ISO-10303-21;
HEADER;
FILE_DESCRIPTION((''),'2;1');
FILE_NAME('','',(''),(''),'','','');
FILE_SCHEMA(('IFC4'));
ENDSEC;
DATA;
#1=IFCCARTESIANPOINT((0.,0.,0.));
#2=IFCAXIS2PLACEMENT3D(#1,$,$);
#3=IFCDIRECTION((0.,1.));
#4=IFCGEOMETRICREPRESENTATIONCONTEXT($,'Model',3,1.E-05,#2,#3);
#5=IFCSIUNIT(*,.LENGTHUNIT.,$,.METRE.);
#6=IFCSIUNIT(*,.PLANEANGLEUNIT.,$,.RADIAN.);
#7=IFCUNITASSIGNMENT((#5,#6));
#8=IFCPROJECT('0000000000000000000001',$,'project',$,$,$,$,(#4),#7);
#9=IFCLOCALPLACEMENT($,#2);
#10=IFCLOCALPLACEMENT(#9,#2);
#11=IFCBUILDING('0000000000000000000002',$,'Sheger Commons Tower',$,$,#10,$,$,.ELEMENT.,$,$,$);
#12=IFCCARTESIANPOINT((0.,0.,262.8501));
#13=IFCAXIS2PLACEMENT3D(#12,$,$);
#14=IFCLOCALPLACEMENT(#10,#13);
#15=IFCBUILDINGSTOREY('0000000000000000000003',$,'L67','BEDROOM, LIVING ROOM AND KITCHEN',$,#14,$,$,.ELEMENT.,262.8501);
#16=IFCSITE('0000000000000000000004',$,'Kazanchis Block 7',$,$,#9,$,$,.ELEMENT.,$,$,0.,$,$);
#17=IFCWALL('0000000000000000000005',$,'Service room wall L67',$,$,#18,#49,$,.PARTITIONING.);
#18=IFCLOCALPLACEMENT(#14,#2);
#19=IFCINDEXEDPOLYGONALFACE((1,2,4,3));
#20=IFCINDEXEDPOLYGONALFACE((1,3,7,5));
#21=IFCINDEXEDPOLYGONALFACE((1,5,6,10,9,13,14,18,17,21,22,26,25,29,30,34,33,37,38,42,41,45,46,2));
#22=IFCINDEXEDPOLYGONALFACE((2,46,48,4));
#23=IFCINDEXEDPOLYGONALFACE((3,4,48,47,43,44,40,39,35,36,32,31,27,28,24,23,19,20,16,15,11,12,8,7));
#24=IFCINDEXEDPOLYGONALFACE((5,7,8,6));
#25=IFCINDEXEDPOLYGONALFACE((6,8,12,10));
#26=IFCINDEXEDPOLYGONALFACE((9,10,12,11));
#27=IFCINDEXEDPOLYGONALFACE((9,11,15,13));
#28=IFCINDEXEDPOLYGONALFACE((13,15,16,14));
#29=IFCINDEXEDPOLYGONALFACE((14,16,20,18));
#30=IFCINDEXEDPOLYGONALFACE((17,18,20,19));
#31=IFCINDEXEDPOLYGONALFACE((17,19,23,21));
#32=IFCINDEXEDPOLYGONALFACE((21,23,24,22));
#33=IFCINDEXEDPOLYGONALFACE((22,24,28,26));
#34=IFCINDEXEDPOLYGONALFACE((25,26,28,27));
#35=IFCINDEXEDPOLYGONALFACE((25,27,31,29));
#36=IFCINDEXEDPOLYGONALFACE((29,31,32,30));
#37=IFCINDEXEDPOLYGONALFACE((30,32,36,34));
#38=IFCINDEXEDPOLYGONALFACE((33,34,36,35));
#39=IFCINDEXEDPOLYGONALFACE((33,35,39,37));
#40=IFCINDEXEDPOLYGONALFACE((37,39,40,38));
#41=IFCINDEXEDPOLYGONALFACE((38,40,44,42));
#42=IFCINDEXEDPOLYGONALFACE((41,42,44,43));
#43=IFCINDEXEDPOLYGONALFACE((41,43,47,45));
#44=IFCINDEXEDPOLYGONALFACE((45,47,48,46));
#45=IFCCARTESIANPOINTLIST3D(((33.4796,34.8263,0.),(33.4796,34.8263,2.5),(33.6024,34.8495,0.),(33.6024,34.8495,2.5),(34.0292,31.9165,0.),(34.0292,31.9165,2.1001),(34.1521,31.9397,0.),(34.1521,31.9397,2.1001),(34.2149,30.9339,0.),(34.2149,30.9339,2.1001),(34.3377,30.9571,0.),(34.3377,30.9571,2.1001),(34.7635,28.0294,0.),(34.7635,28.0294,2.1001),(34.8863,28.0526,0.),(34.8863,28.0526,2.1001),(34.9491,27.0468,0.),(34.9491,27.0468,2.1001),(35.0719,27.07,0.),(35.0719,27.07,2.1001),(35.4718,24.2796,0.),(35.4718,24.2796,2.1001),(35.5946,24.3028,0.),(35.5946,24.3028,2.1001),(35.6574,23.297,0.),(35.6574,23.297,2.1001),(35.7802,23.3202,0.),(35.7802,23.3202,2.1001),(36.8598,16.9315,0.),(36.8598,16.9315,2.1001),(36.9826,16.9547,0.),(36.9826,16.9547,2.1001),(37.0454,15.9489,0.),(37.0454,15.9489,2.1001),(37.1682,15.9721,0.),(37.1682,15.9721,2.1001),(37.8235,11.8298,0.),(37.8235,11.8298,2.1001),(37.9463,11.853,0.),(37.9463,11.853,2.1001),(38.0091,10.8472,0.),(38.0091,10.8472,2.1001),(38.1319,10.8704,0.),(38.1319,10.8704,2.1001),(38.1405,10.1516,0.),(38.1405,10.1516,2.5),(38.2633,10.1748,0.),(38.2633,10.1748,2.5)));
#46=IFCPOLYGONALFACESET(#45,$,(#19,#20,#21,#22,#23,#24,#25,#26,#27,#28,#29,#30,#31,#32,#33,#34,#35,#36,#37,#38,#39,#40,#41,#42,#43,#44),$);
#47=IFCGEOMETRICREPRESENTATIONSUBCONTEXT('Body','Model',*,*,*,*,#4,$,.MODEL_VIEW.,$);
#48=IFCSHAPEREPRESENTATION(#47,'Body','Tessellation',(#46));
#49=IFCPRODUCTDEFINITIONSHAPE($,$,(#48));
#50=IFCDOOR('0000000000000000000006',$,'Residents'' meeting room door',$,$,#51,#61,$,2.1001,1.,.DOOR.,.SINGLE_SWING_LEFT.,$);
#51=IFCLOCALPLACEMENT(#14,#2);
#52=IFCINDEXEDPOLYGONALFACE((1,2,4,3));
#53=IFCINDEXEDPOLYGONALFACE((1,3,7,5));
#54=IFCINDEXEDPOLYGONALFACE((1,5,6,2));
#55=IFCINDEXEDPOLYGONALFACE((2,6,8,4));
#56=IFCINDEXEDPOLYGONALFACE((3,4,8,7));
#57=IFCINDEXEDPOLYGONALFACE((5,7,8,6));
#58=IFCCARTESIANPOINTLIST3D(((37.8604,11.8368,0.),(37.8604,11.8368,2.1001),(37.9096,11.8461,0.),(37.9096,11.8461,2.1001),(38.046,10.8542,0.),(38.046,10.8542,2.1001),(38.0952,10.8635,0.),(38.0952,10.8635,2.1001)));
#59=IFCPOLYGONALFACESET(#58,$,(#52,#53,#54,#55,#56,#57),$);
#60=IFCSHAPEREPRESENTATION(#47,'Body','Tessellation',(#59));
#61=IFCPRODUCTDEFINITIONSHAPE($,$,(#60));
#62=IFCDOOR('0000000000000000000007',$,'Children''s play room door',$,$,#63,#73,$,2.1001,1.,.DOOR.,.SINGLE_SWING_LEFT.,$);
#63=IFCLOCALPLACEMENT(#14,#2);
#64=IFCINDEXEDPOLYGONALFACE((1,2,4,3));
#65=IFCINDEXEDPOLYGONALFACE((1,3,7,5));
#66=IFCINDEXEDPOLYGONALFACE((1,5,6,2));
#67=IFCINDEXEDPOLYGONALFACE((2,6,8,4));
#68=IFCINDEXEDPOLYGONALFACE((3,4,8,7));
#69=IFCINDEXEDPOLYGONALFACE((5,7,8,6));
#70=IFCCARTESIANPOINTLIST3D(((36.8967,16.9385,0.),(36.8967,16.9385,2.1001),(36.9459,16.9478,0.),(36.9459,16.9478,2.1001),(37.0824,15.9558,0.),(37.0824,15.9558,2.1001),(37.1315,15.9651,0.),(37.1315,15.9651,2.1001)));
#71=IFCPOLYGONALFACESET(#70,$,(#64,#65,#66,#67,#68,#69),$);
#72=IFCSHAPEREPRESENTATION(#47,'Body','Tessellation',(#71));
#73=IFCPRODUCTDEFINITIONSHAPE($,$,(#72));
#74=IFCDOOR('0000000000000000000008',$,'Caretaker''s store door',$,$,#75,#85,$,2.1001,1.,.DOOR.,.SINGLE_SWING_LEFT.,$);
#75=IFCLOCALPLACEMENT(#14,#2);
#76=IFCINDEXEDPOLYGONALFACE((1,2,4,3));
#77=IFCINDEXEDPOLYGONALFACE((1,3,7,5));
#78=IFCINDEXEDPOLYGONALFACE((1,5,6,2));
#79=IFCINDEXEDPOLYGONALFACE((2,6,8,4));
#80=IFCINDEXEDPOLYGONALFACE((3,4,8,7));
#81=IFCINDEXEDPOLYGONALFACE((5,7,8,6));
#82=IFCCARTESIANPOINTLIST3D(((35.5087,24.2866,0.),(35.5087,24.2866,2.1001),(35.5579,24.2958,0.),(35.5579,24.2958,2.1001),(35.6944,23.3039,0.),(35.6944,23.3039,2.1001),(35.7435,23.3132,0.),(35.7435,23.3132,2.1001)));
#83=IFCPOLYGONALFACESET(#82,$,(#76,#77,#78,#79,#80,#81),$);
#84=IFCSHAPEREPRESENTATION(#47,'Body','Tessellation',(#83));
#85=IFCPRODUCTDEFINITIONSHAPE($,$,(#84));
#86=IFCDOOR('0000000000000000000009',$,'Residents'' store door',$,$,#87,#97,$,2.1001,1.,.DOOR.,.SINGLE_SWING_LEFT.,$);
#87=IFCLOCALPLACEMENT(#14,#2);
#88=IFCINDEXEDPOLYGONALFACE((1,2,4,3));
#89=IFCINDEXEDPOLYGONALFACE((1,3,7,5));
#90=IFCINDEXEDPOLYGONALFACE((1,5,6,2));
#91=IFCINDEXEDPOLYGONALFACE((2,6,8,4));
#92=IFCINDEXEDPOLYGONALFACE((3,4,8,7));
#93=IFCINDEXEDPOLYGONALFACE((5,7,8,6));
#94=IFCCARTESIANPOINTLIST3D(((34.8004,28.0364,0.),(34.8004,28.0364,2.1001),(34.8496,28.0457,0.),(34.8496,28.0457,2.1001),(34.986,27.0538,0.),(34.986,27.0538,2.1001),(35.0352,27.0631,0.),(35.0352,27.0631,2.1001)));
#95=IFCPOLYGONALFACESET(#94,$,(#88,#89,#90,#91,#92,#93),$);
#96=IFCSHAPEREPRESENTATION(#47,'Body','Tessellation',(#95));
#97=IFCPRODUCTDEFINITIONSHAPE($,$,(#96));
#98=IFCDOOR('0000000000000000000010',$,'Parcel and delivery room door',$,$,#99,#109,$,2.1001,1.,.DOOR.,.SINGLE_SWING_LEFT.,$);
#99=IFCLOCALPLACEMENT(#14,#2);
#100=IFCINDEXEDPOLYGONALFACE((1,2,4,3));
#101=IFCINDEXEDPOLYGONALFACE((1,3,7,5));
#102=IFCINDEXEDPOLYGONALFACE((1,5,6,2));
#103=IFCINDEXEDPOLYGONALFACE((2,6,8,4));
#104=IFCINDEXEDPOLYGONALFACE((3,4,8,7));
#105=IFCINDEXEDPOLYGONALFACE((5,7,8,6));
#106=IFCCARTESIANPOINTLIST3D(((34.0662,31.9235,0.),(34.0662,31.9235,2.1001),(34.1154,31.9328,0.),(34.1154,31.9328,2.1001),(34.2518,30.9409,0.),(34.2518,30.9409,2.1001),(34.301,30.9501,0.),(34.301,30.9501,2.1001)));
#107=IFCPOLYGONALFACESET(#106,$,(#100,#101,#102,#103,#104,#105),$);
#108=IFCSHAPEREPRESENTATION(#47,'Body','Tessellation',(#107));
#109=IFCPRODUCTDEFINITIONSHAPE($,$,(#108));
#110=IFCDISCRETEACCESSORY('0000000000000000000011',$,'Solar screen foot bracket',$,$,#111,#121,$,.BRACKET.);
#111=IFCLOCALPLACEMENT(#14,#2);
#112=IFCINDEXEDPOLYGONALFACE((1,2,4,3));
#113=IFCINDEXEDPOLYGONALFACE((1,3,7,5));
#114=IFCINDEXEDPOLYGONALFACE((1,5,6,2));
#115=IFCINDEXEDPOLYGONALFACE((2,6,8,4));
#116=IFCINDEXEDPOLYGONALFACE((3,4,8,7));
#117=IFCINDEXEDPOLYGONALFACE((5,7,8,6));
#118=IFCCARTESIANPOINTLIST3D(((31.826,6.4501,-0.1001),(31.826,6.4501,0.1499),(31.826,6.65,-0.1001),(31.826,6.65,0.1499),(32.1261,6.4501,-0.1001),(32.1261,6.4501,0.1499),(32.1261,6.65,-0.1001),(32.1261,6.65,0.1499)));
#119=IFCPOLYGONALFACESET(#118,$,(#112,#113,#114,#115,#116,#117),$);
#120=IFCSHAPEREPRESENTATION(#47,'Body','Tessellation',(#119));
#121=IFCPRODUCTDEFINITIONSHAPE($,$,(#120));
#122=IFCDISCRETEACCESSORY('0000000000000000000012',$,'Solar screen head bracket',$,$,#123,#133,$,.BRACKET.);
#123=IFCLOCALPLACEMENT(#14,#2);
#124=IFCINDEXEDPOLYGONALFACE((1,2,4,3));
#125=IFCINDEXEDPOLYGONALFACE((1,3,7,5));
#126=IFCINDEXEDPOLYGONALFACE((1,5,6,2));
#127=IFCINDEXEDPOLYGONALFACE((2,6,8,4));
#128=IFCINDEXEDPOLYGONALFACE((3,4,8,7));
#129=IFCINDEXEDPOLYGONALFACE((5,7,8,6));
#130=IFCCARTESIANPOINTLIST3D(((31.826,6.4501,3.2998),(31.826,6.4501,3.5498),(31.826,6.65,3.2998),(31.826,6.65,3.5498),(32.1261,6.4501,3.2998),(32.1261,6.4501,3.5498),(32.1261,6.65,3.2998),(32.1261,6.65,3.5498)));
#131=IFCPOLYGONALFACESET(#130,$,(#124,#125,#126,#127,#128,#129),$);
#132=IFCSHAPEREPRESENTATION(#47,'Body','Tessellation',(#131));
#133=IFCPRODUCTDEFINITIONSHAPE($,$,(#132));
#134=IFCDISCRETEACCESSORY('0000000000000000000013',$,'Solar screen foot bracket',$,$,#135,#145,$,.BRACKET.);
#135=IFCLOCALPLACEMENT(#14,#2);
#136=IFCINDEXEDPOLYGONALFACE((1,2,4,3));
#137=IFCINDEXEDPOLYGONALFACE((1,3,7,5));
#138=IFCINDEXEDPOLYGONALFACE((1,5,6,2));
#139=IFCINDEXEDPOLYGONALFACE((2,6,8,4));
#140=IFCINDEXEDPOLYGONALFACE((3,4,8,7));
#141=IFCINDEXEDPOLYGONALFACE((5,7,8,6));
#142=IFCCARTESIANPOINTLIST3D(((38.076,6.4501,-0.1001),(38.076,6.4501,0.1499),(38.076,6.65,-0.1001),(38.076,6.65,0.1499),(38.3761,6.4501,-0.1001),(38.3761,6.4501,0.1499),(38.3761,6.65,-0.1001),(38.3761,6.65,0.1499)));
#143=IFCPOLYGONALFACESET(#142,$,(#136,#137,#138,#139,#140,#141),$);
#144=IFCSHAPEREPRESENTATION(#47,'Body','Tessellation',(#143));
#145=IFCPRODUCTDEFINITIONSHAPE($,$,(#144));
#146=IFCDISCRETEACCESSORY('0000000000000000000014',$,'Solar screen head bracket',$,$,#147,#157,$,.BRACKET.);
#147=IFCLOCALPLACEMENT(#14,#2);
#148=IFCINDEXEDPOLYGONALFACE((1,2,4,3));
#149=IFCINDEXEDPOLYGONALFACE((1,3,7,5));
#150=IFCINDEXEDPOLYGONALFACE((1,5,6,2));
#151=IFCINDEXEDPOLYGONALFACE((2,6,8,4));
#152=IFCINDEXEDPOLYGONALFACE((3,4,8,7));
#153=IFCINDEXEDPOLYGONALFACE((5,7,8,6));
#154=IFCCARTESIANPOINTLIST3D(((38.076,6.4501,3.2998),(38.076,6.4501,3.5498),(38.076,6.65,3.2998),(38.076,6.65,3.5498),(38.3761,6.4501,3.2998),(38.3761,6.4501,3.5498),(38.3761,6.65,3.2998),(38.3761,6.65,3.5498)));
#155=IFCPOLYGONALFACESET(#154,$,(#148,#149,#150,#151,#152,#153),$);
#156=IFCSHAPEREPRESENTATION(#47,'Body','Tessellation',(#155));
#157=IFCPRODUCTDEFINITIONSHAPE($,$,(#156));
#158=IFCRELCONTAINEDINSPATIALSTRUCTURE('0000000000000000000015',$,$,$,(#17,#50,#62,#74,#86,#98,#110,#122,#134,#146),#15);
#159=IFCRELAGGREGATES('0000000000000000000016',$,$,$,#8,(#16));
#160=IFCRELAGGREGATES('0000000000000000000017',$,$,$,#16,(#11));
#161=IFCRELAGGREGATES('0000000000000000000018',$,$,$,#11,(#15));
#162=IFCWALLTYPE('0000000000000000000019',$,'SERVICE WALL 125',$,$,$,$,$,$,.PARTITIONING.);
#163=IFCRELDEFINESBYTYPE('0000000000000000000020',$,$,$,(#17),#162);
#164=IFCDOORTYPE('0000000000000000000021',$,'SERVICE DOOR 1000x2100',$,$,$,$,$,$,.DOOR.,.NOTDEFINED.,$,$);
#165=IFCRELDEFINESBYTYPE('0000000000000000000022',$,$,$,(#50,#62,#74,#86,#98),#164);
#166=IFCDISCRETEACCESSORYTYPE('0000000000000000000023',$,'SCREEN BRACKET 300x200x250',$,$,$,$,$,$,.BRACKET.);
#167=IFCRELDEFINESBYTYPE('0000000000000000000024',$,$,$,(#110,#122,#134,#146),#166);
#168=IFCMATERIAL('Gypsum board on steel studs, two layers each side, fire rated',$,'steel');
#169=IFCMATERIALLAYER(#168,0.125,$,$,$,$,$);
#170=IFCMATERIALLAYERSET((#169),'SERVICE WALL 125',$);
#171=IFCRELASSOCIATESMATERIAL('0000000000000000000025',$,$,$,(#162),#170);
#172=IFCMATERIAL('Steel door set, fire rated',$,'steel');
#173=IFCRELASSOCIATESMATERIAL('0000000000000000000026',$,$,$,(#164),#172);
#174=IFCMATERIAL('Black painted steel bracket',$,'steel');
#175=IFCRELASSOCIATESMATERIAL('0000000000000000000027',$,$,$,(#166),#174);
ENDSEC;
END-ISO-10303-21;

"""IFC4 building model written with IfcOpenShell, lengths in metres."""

from ifc_helpers import new_model, si_unit, direction, frame, frame_2d, origin, origin_2d, place, context, subcontext, project, spatial, rectangle, extrude, material, layer, layer_set, type_object, element, fill, save


model = new_model("IFC4")

# Units and contexts
model_context = context("Model", 3, precision=1e-05, world=origin(), true_north=direction((0.0, 1.0)))
body_context = subcontext(model_context, "Body", "Model", "MODEL_VIEW")
ifc_project = project(units=[si_unit("LENGTHUNIT", "METRE"), si_unit("PLANEANGLEUNIT", "RADIAN")], contexts=[model_context])

# Site, building, storey
site_placement = place(None, origin())
site = spatial("IfcSite", under=ifc_project, at=site_placement, Name="Kazanchis Block 7", CompositionType="ELEMENT", RefElevation=0.0)
building_placement = place(site_placement, origin())
building = spatial("IfcBuilding", under=site, at=building_placement, Name="Sheger Commons Tower", CompositionType="ELEMENT")
storey_placement = place(building_placement, frame((0.0, 0.0, 262.8501)))
storey = spatial("IfcBuildingStorey", under=building, at=storey_placement, Name="L67", Description="BEDROOM, LIVING ROOM AND KITCHEN", CompositionType="ELEMENT", Elevation=262.8501)

# Wall, openings, doors
ifc_material_1 = material(Name="Gypsum board on steel studs, two layers each side, fire rated", Category="steel")
ifc_layer_1 = layer(ifc_material_1, 0.125)
ifc_layer_set_1 = layer_set([ifc_layer_1], Name="SERVICE WALL 125")
wall_type = type_object("IfcWallType", Name="SERVICE WALL 125", PredefinedType="PARTITIONING", material=ifc_layer_set_1)
wall_placement = place(storey_placement, frame((38.2019, 10.1631, 0.0), z_axis=(0.0, 0.0, 1.0), x_axis=(-0.18561, 0.982623, 0.0)))
wall = element("IfcWall", 1, at=wall_placement, inside=storey, type_object=wall_type, Name="Service room wall L67", PredefinedType="PARTITIONING", context=body_context, shape_type="SweptSolid", body=[
    extrude(rectangle(XDim=25.1111, YDim=0.125, at=frame_2d((12.5557, 0.0))), origin(), (0.0, 0.0, 1.0), 2.5),
])
opening_1_placement = place(wall_placement, frame((0.708, 0.0, 0.0)))
opening_1 = element("IfcOpeningElement", 2, at=opening_1_placement, cuts=wall, PredefinedType="OPENING", context=body_context, shape_type="SweptSolid", body=[
    extrude(rectangle(XDim=1.0, YDim=2.1001, at=frame_2d((0.5, 1.05))), frame((0.0, 0.0725, 0.0), z_axis=(0.0, -1.0, 0.0), x_axis=(1.0, 0.0, 0.0)), (0.0, 0.0, 1.0), 0.145),
])
opening_2_placement = place(wall_placement, frame((5.8999, 0.0, 0.0)))
opening_2 = element("IfcOpeningElement", 3, at=opening_2_placement, cuts=wall, PredefinedType="OPENING", context=body_context, shape_type="SweptSolid", body=[
    extrude(rectangle(XDim=1.0, YDim=2.1001, at=frame_2d((0.5, 1.05))), frame((0.0, 0.0725, 0.0), z_axis=(0.0, -1.0, 0.0), x_axis=(1.0, 0.0, 0.0)), (0.0, 0.0, 1.0), 0.145),
])
opening_3_placement = place(wall_placement, frame((13.3779, 0.0, 0.0)))
opening_3 = element("IfcOpeningElement", 4, at=opening_3_placement, cuts=wall, PredefinedType="OPENING", context=body_context, shape_type="SweptSolid", body=[
    extrude(rectangle(XDim=1.0, YDim=2.1001, at=frame_2d((0.5, 1.05))), frame((0.0, 0.0725, 0.0), z_axis=(0.0, -1.0, 0.0), x_axis=(1.0, 0.0, 0.0)), (0.0, 0.0, 1.0), 0.145),
])
opening_4_placement = place(wall_placement, frame((17.1941, 0.0, 0.0)))
opening_4 = element("IfcOpeningElement", 5, at=opening_4_placement, cuts=wall, PredefinedType="OPENING", context=body_context, shape_type="SweptSolid", body=[
    extrude(rectangle(XDim=1.0, YDim=2.1001, at=frame_2d((0.5, 1.05))), frame((0.0, 0.0725, 0.0), z_axis=(0.0, -1.0, 0.0), x_axis=(1.0, 0.0, 0.0)), (0.0, 0.0, 1.0), 0.145),
])
opening_5_placement = place(wall_placement, frame((21.1499, 0.0, 0.0)))
opening_5 = element("IfcOpeningElement", 6, at=opening_5_placement, cuts=wall, PredefinedType="OPENING", context=body_context, shape_type="SweptSolid", body=[
    extrude(rectangle(XDim=1.0, YDim=2.1001, at=frame_2d((0.5, 1.05))), frame((0.0, 0.0725, 0.0), z_axis=(0.0, -1.0, 0.0), x_axis=(1.0, 0.0, 0.0)), (0.0, 0.0, 1.0), 0.145),
])
ifc_material_2 = material(Name="Steel door set, fire rated", Category="steel")
door_type = type_object("IfcDoorType", Name="SERVICE DOOR 1000x2100", OperationType="NOTDEFINED", PredefinedType="DOOR", material=ifc_material_2)
door_1_placement = place(opening_1_placement, origin())
door_1 = element("IfcDoor", 7, at=door_1_placement, inside=storey, type_object=door_type, Name="Residents' meeting room door", OperationType="SINGLE_SWING_LEFT", OverallHeight=2.1001, OverallWidth=1.0, PredefinedType="DOOR", context=body_context, shape_type="SweptSolid", body=[
    extrude(rectangle(XDim=1.0, YDim=2.1001, at=frame_2d((0.5, 1.05))), frame((0.0, 0.0249, 0.0), z_axis=(0.0, -1.0, 0.0), x_axis=(1.0, 0.0, 0.0)), (0.0, 0.0, 1.0), 0.05),
])
fill(opening_1, door_1)
door_2_placement = place(opening_2_placement, origin())
door_2 = element("IfcDoor", 8, at=door_2_placement, inside=storey, type_object=door_type, Name="Children's play room door", OperationType="SINGLE_SWING_LEFT", OverallHeight=2.1001, OverallWidth=1.0, PredefinedType="DOOR", context=body_context, shape_type="SweptSolid", body=[
    extrude(rectangle(XDim=1.0, YDim=2.1001, at=frame_2d((0.5, 1.05))), frame((0.0, 0.0249, 0.0), z_axis=(0.0, -1.0, 0.0), x_axis=(1.0, 0.0, 0.0)), (0.0, 0.0, 1.0), 0.05),
])
fill(opening_2, door_2)
door_3_placement = place(opening_3_placement, origin())
door_3 = element("IfcDoor", 9, at=door_3_placement, inside=storey, type_object=door_type, Name="Caretaker's store door", OperationType="SINGLE_SWING_LEFT", OverallHeight=2.1001, OverallWidth=1.0, PredefinedType="DOOR", context=body_context, shape_type="SweptSolid", body=[
    extrude(rectangle(XDim=1.0, YDim=2.1001, at=frame_2d((0.5, 1.05))), frame((0.0, 0.0249, 0.0), z_axis=(0.0, -1.0, 0.0), x_axis=(1.0, 0.0, 0.0)), (0.0, 0.0, 1.0), 0.05),
])
fill(opening_3, door_3)
door_4_placement = place(opening_4_placement, origin())
door_4 = element("IfcDoor", 10, at=door_4_placement, inside=storey, type_object=door_type, Name="Residents' store door", OperationType="SINGLE_SWING_LEFT", OverallHeight=2.1001, OverallWidth=1.0, PredefinedType="DOOR", context=body_context, shape_type="SweptSolid", body=[
    extrude(rectangle(XDim=1.0, YDim=2.1001, at=frame_2d((0.5, 1.05))), frame((0.0, 0.0249, 0.0), z_axis=(0.0, -1.0, 0.0), x_axis=(1.0, 0.0, 0.0)), (0.0, 0.0, 1.0), 0.05),
])
fill(opening_4, door_4)
door_5_placement = place(opening_5_placement, origin())
door_5 = element("IfcDoor", 11, at=door_5_placement, inside=storey, type_object=door_type, Name="Parcel and delivery room door", OperationType="SINGLE_SWING_LEFT", OverallHeight=2.1001, OverallWidth=1.0, PredefinedType="DOOR", context=body_context, shape_type="SweptSolid", body=[
    extrude(rectangle(XDim=1.0, YDim=2.1001, at=frame_2d((0.5, 1.05))), frame((0.0, 0.0249, 0.0), z_axis=(0.0, -1.0, 0.0), x_axis=(1.0, 0.0, 0.0)), (0.0, 0.0, 1.0), 0.05),
])
fill(opening_5, door_5)

# Discrete accessories
ifc_material_3 = material(Name="Black painted steel bracket", Category="steel")
discrete_accessory_type = type_object("IfcDiscreteAccessoryType", Name="SCREEN BRACKET 300x200x250", PredefinedType="BRACKET", material=ifc_material_3)
for number, where, z_axis, x_axis, name in (
    (12, (31.9761, 6.55, -0.1001), (0.0, 0.0, 1.0), (1.0, 0.0, 0.0), "Solar screen foot bracket"),
    (13, (31.9761, 6.55, 3.2998), (0.0, 0.0, 1.0), (1.0, 0.0, 0.0), "Solar screen head bracket"),
    (14, (38.2261, 6.55, -0.1001), (0.0, 0.0, 1.0), (1.0, 0.0, 0.0), "Solar screen foot bracket"),
    (15, (38.2261, 6.55, 3.2998), (0.0, 0.0, 1.0), (1.0, 0.0, 0.0), "Solar screen head bracket"),
):
    element("IfcDiscreteAccessory", number, at=place(storey_placement, frame(where, z_axis=z_axis, x_axis=x_axis)), inside=storey, type_object=discrete_accessory_type, Name=name, PredefinedType="BRACKET", context=body_context, shape_type="SweptSolid", body=[
        extrude(rectangle(XDim=0.3, YDim=0.2, at=origin_2d()), origin(), (0.0, 0.0, 1.0), 0.25),
    ])

save(model, "model.ifc")
